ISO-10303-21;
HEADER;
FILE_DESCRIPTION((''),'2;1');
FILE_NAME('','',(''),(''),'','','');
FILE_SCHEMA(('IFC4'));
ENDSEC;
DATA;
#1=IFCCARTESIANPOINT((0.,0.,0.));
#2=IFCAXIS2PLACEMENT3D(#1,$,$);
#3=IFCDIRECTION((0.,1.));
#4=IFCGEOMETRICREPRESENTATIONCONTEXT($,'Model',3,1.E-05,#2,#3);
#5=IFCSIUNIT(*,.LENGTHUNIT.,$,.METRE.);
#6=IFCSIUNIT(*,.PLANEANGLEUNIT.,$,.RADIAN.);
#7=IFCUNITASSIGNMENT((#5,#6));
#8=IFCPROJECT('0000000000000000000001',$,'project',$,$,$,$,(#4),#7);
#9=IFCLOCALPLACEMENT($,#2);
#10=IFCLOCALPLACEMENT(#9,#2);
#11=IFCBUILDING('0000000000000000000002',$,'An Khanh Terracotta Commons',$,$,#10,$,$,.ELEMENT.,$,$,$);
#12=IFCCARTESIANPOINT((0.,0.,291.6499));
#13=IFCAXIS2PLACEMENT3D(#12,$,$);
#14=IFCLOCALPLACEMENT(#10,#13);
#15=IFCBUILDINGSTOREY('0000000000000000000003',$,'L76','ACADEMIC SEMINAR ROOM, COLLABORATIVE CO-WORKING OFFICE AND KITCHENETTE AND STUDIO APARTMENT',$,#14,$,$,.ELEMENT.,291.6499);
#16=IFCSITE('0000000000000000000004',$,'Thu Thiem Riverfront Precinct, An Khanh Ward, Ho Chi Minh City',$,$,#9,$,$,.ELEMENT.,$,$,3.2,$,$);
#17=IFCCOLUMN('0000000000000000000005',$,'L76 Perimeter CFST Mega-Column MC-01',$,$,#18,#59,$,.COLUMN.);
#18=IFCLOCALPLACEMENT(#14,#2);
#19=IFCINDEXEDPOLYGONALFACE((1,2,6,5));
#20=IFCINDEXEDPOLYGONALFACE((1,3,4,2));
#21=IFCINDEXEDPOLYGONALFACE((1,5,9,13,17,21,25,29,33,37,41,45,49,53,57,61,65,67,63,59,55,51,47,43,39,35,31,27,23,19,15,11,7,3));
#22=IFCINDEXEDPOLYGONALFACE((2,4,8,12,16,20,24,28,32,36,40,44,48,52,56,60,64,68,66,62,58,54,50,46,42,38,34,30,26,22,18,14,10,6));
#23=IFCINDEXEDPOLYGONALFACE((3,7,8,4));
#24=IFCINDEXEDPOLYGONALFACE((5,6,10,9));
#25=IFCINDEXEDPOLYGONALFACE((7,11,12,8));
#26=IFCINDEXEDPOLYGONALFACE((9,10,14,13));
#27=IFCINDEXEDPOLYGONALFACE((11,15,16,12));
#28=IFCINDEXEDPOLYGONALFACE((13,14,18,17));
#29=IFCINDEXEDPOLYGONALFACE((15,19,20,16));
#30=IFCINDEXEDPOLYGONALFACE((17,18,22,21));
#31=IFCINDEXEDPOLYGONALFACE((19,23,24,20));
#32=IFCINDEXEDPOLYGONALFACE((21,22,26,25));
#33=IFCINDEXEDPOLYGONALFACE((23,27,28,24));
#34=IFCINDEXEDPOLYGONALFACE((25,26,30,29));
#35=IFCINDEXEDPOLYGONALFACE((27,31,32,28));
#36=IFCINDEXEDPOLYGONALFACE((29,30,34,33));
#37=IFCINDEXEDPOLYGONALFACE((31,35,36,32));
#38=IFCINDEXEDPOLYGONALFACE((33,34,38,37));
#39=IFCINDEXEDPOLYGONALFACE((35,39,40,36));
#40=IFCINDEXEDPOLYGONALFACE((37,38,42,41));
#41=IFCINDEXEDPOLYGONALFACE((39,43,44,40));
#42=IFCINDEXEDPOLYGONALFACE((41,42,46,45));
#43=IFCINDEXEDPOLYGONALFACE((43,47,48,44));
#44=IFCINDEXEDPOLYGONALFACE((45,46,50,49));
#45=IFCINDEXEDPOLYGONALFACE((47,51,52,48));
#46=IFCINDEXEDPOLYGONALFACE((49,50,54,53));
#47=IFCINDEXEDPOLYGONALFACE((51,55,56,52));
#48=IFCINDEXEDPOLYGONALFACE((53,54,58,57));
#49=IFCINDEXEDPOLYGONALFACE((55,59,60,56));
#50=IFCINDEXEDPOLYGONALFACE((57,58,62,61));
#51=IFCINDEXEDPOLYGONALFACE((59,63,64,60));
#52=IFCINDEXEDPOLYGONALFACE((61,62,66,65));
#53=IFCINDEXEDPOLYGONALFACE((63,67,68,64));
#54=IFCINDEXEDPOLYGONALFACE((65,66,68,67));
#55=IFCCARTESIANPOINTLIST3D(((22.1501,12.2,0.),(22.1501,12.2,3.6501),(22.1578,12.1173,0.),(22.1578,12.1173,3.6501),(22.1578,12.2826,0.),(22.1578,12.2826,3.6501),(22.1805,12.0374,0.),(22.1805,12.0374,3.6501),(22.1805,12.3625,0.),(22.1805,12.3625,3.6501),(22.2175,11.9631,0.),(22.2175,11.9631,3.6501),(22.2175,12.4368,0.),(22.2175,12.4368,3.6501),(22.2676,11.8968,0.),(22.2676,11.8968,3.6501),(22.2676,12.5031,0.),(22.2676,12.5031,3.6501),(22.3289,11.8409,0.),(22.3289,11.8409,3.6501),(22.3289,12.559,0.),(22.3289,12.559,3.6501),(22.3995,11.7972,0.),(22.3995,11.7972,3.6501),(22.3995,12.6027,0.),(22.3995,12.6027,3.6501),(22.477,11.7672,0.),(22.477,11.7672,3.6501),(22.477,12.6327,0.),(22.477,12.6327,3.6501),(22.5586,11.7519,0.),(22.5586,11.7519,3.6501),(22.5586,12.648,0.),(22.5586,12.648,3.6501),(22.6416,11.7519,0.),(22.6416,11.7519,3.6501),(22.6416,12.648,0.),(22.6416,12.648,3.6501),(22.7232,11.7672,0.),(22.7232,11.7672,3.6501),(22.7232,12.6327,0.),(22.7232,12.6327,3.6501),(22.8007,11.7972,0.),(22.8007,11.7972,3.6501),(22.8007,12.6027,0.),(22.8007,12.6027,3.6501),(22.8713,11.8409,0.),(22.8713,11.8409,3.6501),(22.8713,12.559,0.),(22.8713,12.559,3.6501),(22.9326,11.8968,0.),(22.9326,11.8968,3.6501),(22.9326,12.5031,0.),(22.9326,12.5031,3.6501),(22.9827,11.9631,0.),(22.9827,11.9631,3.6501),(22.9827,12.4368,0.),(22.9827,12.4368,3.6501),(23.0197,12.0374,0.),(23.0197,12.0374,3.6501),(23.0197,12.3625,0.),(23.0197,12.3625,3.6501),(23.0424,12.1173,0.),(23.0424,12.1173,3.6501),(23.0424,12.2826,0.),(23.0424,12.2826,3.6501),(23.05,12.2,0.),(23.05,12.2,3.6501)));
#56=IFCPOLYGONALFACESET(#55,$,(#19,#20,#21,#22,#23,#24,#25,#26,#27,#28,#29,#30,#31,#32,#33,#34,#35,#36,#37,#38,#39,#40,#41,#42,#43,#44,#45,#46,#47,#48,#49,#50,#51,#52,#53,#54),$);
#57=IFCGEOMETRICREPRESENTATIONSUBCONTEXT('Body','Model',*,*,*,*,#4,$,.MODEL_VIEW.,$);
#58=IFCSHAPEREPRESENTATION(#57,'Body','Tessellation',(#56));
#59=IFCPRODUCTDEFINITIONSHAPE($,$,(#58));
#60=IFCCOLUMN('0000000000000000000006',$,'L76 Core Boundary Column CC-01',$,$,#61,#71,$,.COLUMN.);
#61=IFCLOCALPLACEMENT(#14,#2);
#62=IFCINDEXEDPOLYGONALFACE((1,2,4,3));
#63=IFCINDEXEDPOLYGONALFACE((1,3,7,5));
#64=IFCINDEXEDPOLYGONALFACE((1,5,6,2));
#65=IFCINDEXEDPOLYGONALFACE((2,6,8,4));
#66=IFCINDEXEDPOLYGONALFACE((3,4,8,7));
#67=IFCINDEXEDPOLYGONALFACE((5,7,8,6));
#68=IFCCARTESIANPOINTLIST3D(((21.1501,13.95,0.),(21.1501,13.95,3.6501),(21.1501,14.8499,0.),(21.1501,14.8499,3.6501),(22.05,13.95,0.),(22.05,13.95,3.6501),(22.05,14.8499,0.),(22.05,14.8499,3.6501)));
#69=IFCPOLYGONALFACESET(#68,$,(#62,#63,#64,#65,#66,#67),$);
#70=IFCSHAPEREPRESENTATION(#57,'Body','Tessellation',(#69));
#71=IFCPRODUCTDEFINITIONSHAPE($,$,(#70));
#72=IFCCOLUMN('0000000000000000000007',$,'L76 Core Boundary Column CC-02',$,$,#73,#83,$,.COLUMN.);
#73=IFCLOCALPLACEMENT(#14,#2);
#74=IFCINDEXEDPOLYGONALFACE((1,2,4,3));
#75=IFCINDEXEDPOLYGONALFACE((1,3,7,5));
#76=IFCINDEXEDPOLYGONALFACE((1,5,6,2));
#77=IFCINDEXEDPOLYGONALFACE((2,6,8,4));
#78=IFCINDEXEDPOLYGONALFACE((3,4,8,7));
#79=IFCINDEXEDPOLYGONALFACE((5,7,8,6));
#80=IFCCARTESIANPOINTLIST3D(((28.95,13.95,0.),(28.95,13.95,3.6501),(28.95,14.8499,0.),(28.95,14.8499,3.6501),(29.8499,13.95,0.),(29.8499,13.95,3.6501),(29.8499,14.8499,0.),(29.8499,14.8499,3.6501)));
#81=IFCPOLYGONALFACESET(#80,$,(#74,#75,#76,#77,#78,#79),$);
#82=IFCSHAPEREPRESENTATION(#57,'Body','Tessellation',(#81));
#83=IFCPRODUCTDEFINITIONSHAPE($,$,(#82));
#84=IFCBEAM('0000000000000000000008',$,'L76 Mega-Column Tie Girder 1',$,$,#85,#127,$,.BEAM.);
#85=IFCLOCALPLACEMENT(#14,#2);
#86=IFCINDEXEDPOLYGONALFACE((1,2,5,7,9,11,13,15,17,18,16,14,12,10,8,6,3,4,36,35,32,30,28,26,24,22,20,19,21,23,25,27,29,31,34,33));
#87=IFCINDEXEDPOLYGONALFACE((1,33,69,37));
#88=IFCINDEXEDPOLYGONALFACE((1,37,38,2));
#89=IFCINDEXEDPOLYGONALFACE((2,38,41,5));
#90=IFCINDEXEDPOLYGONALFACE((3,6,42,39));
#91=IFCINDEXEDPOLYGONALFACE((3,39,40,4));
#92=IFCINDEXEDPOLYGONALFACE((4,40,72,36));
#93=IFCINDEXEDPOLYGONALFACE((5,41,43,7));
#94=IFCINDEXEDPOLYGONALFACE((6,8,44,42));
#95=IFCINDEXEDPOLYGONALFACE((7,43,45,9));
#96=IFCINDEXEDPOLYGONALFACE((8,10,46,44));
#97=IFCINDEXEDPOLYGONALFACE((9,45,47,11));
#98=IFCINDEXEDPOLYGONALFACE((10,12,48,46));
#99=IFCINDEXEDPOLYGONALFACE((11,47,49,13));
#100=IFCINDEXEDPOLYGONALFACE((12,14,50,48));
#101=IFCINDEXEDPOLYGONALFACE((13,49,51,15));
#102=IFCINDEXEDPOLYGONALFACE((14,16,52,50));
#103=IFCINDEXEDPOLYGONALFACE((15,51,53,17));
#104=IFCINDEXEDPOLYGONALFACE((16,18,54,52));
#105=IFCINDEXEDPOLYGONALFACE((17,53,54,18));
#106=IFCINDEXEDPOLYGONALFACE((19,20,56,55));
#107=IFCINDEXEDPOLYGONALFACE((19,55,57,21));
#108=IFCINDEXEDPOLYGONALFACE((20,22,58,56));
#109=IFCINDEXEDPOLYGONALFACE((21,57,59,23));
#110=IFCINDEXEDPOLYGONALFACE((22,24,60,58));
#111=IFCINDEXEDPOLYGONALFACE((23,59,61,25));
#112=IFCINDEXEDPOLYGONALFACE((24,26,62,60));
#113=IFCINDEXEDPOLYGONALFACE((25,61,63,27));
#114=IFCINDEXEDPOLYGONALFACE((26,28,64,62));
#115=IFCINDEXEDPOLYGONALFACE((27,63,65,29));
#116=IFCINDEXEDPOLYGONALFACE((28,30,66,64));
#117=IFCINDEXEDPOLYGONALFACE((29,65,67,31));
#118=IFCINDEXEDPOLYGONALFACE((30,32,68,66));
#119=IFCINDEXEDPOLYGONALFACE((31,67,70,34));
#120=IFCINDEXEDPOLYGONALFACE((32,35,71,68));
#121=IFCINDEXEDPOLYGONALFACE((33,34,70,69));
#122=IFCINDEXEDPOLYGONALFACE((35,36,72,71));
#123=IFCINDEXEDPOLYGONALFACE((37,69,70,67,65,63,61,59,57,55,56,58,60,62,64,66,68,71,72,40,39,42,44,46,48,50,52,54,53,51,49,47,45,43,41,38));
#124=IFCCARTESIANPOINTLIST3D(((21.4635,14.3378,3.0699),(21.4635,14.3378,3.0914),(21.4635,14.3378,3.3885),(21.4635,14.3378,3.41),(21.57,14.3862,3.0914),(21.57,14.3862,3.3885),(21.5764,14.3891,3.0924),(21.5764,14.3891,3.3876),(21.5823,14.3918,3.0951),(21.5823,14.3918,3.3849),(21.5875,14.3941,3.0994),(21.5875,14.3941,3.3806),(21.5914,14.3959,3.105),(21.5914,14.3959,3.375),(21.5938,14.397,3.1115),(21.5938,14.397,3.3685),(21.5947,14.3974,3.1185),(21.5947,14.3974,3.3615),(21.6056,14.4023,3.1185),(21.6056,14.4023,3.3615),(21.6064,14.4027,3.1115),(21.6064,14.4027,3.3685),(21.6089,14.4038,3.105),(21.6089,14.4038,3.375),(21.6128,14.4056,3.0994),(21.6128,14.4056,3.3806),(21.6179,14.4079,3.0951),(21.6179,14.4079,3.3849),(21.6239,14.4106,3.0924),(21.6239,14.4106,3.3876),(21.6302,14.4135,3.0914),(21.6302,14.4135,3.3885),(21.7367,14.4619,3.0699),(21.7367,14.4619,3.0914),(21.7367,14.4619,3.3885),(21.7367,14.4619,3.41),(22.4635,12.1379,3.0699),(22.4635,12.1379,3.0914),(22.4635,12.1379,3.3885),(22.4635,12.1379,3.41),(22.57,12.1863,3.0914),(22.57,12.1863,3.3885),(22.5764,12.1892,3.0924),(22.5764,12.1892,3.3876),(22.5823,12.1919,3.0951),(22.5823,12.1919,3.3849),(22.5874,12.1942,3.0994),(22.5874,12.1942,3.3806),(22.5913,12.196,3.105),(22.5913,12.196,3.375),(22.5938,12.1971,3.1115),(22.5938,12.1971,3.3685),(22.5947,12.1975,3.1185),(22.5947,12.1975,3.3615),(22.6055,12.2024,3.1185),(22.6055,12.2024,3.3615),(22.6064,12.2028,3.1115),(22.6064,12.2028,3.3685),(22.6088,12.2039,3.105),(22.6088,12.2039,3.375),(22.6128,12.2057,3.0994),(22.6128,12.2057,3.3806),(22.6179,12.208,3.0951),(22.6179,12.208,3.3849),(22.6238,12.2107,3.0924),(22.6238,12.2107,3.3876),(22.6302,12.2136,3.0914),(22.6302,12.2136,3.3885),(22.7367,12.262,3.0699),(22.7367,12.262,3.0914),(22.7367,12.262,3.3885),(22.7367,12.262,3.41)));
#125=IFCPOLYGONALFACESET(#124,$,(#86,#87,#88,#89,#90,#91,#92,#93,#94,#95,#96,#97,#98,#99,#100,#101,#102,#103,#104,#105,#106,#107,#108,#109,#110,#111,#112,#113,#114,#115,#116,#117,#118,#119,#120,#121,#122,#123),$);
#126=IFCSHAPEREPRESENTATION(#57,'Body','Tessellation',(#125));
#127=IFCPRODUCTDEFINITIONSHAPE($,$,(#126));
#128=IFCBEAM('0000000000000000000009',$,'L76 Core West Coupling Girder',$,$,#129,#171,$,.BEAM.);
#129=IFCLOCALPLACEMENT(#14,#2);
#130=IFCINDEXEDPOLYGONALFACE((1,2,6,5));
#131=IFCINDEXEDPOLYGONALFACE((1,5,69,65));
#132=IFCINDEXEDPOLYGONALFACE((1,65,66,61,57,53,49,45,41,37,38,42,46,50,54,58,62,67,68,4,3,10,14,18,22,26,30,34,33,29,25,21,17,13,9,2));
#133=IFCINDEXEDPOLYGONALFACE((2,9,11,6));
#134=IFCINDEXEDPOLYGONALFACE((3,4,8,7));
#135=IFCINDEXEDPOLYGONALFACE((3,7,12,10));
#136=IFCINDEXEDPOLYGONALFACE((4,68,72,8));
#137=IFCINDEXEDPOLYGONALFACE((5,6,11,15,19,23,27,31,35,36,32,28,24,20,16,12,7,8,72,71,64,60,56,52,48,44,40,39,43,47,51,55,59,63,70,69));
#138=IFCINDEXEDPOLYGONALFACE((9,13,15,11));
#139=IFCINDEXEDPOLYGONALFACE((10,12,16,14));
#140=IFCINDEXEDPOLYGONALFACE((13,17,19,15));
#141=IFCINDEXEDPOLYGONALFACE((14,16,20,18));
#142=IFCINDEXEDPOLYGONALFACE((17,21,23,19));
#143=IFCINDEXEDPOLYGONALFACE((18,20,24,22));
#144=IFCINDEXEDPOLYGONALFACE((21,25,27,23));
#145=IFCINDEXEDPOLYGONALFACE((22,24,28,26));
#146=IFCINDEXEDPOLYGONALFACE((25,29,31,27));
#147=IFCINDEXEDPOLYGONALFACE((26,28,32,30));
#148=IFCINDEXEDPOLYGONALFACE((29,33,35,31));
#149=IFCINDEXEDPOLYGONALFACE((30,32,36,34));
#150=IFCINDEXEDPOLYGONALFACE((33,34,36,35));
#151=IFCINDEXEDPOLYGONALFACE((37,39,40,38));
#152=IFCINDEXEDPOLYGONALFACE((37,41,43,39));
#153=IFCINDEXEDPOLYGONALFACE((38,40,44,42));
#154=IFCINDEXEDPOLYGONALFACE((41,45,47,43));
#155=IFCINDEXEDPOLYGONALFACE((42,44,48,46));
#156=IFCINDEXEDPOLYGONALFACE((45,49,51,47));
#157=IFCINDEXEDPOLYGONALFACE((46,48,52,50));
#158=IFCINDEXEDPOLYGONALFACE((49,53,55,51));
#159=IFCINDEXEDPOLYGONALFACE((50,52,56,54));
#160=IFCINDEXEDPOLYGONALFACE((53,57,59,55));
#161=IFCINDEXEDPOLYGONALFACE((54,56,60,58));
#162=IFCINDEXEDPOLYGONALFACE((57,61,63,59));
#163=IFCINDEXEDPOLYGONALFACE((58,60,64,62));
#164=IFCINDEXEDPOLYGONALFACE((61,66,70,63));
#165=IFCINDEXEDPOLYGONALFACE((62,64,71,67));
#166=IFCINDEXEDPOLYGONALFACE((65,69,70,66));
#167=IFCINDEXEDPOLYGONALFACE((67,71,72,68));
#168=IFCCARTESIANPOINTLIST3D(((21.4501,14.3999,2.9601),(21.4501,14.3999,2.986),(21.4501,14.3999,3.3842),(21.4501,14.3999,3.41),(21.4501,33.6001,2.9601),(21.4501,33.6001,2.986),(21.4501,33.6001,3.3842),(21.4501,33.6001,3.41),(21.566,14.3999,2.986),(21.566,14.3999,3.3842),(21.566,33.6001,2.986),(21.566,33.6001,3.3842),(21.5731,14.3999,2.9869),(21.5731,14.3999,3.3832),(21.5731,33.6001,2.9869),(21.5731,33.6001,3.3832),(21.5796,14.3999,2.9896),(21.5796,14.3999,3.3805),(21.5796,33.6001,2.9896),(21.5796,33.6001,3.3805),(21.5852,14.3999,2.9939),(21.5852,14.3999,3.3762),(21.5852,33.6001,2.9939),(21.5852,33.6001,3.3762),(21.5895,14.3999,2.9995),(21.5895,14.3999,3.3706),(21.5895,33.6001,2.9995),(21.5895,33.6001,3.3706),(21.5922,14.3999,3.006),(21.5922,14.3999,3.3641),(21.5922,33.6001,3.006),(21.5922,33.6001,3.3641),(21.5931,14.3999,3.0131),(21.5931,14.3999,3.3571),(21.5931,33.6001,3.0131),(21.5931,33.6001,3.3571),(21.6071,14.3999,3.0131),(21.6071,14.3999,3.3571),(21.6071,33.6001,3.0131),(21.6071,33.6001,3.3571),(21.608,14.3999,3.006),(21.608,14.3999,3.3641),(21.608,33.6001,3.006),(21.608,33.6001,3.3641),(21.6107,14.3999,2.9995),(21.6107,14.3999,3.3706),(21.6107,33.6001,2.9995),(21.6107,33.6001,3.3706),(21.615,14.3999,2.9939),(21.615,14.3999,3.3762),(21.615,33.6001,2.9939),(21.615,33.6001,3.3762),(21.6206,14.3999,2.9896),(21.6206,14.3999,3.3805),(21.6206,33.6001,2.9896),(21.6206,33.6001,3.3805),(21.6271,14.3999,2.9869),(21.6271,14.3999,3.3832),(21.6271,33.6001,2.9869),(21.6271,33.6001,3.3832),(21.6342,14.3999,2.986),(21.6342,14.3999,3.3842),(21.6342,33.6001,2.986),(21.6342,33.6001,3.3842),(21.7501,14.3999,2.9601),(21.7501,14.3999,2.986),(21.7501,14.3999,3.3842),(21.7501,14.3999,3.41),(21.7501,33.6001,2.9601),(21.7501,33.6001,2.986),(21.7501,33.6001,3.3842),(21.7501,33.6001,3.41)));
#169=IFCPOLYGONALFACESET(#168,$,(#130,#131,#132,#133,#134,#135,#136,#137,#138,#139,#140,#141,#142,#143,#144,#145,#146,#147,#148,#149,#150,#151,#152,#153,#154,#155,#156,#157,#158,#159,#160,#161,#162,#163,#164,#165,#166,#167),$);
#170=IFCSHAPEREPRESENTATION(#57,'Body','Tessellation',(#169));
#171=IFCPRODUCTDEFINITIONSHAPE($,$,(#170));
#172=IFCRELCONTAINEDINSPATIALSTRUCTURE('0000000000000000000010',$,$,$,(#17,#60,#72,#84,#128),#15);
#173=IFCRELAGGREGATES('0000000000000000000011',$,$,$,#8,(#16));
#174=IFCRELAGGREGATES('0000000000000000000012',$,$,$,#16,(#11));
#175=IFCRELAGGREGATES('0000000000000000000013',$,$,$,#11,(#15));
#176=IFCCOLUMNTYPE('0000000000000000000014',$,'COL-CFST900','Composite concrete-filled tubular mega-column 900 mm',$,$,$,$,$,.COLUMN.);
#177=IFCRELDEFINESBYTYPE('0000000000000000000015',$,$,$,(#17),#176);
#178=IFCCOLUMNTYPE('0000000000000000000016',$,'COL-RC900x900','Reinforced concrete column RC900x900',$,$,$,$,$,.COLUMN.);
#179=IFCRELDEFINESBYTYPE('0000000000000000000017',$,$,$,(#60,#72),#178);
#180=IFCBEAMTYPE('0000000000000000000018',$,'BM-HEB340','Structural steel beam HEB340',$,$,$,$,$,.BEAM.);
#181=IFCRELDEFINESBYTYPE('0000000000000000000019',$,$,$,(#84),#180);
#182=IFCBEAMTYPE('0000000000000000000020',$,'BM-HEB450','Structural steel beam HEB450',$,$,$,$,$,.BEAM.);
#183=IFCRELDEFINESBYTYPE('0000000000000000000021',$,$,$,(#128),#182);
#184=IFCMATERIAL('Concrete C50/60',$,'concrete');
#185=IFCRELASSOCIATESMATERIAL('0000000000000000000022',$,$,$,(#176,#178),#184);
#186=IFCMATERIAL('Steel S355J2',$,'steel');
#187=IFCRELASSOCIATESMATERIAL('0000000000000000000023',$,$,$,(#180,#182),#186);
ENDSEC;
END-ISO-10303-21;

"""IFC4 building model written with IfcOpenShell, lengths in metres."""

from ifc_helpers import new_model, si_unit, direction, frame, origin, origin_2d, place, context, subcontext, project, spatial, rectangle, circle, i_section, extrude, material, material_profile, profile_set, type_object, element, save


model = new_model("IFC4")

# Units and contexts
model_context = context("Model", 3, precision=1e-05, world=origin(), true_north=direction((0.0, 1.0)))
body_context = subcontext(model_context, "Body", "Model", "MODEL_VIEW")
ifc_project = project(units=[si_unit("LENGTHUNIT", "METRE"), si_unit("PLANEANGLEUNIT", "RADIAN")], contexts=[model_context])

# Site, building, storey
site_placement = place(None, origin())
site = spatial("IfcSite", under=ifc_project, at=site_placement, Name="Thu Thiem Riverfront Precinct, An Khanh Ward, Ho Chi Minh City", CompositionType="ELEMENT", RefElevation=3.2)
building_placement = place(site_placement, origin())
building = spatial("IfcBuilding", under=site, at=building_placement, Name="An Khanh Terracotta Commons", CompositionType="ELEMENT")
storey_placement = place(building_placement, frame((0.0, 0.0, 291.6499)))
storey = spatial("IfcBuildingStorey", under=building, at=storey_placement, Name="L76", Description="ACADEMIC SEMINAR ROOM, COLLABORATIVE CO-WORKING OFFICE AND KITCHENETTE AND STUDIO APARTMENT", CompositionType="ELEMENT", Elevation=291.6499)

# Columns
ifc_material_1 = material(Name="Concrete C50/60", Category="concrete")
ifc_material_profile_1 = material_profile(ifc_material_1, circle(Radius=0.45, at=origin_2d()), Name="CFST900")
ifc_profile_set_1 = profile_set([ifc_material_profile_1], Name="Concrete C50/60")
column_type_1 = type_object("IfcColumnType", Name="COL-CFST900", Description="Composite concrete-filled tubular mega-column 900 mm", PredefinedType="COLUMN", material=ifc_profile_set_1)
column_placement = place(storey_placement, frame((22.6001, 12.2, 0.0), z_axis=(0.0, 0.0, 1.0), x_axis=(1.0, 0.0, 0.0)))
element("IfcColumn", 1, at=column_placement, inside=storey, type_object=column_type_1, Name="L76 Perimeter CFST Mega-Column MC-01", PredefinedType="COLUMN", context=body_context, shape_type="SweptSolid", body=[
    extrude(circle(Radius=0.45, at=origin_2d()), origin(), (0.0, 0.0, 1.0), 3.6501),
])
ifc_material_profile_2 = material_profile(ifc_material_1, rectangle(XDim=0.8999, YDim=0.8999, at=origin_2d()), Name="RC900x900")
ifc_profile_set_2 = profile_set([ifc_material_profile_2], Name="Concrete C50/60")
column_type_2 = type_object("IfcColumnType", Name="COL-RC900x900", Description="Reinforced concrete column RC900x900", PredefinedType="COLUMN", material=ifc_profile_set_2)
for number, where, z_axis, x_axis, name in (
    (2, (21.6001, 14.3999, 0.0), (0.0, 0.0, 1.0), (1.0, 0.0, 0.0), "L76 Core Boundary Column CC-01"),
    (3, (29.3999, 14.3999, 0.0), (0.0, 0.0, 1.0), (1.0, 0.0, 0.0), "L76 Core Boundary Column CC-02"),
):
    element("IfcColumn", number, at=place(storey_placement, frame(where, z_axis=z_axis, x_axis=x_axis)), inside=storey, type_object=column_type_2, Name=name, PredefinedType="COLUMN", context=body_context, shape_type="SweptSolid", body=[
        extrude(rectangle(XDim=0.8999, YDim=0.8999, at=origin_2d()), origin(), (0.0, 0.0, 1.0), 3.6501),
    ])

# Beams
ifc_material_2 = material(Name="Steel S355J2", Category="steel")
ifc_material_profile_3 = material_profile(ifc_material_2, i_section(OverallWidth=0.3, OverallDepth=0.3401, WebThickness=0.012, FlangeThickness=0.0215, FilletRadius=0.0271, at=origin_2d()), Name="HEB340")
ifc_profile_set_3 = profile_set([ifc_material_profile_3], Name="Steel S355J2")
beam_type_1 = type_object("IfcBeamType", Name="BM-HEB340", Description="Structural steel beam HEB340", PredefinedType="BEAM", material=ifc_profile_set_3)
beam_1_placement = place(storey_placement, frame((22.6001, 12.2, 3.24), z_axis=(-0.413811, 0.910363, 0.0), x_axis=(-0.910363, -0.413811, 0.0)))
element("IfcBeam", 4, at=beam_1_placement, inside=storey, type_object=beam_type_1, Name="L76 Mega-Column Tie Girder 1", PredefinedType="BEAM", context=body_context, shape_type="SweptSolid", body=[
    extrude(i_section(OverallWidth=0.3, OverallDepth=0.3401, WebThickness=0.012, FlangeThickness=0.0215, FilletRadius=0.0271, at=origin_2d()), origin(), (0.0, 0.0, 1.0), 2.4165),
])
ifc_material_profile_4 = material_profile(ifc_material_2, i_section(OverallWidth=0.3, OverallDepth=0.45, WebThickness=0.0139, FlangeThickness=0.0259, FilletRadius=0.0271, at=origin_2d()), Name="HEB450")
ifc_profile_set_4 = profile_set([ifc_material_profile_4], Name="Steel S355J2")
beam_type_2 = type_object("IfcBeamType", Name="BM-HEB450", Description="Structural steel beam HEB450", PredefinedType="BEAM", material=ifc_profile_set_4)
beam_2_placement = place(storey_placement, frame((21.6001, 14.3999, 3.1851), z_axis=(0.0, 1.0, 0.0), x_axis=(-1.0, 0.0, 0.0)))
element("IfcBeam", 5, at=beam_2_placement, inside=storey, type_object=beam_type_2, Name="L76 Core West Coupling Girder", PredefinedType="BEAM", context=body_context, shape_type="SweptSolid", body=[
    extrude(i_section(OverallWidth=0.3, OverallDepth=0.45, WebThickness=0.0139, FlangeThickness=0.0259, FilletRadius=0.0271, at=origin_2d()), origin(), (0.0, 0.0, 1.0), 19.2002),
])

save(model, "model.ifc")
